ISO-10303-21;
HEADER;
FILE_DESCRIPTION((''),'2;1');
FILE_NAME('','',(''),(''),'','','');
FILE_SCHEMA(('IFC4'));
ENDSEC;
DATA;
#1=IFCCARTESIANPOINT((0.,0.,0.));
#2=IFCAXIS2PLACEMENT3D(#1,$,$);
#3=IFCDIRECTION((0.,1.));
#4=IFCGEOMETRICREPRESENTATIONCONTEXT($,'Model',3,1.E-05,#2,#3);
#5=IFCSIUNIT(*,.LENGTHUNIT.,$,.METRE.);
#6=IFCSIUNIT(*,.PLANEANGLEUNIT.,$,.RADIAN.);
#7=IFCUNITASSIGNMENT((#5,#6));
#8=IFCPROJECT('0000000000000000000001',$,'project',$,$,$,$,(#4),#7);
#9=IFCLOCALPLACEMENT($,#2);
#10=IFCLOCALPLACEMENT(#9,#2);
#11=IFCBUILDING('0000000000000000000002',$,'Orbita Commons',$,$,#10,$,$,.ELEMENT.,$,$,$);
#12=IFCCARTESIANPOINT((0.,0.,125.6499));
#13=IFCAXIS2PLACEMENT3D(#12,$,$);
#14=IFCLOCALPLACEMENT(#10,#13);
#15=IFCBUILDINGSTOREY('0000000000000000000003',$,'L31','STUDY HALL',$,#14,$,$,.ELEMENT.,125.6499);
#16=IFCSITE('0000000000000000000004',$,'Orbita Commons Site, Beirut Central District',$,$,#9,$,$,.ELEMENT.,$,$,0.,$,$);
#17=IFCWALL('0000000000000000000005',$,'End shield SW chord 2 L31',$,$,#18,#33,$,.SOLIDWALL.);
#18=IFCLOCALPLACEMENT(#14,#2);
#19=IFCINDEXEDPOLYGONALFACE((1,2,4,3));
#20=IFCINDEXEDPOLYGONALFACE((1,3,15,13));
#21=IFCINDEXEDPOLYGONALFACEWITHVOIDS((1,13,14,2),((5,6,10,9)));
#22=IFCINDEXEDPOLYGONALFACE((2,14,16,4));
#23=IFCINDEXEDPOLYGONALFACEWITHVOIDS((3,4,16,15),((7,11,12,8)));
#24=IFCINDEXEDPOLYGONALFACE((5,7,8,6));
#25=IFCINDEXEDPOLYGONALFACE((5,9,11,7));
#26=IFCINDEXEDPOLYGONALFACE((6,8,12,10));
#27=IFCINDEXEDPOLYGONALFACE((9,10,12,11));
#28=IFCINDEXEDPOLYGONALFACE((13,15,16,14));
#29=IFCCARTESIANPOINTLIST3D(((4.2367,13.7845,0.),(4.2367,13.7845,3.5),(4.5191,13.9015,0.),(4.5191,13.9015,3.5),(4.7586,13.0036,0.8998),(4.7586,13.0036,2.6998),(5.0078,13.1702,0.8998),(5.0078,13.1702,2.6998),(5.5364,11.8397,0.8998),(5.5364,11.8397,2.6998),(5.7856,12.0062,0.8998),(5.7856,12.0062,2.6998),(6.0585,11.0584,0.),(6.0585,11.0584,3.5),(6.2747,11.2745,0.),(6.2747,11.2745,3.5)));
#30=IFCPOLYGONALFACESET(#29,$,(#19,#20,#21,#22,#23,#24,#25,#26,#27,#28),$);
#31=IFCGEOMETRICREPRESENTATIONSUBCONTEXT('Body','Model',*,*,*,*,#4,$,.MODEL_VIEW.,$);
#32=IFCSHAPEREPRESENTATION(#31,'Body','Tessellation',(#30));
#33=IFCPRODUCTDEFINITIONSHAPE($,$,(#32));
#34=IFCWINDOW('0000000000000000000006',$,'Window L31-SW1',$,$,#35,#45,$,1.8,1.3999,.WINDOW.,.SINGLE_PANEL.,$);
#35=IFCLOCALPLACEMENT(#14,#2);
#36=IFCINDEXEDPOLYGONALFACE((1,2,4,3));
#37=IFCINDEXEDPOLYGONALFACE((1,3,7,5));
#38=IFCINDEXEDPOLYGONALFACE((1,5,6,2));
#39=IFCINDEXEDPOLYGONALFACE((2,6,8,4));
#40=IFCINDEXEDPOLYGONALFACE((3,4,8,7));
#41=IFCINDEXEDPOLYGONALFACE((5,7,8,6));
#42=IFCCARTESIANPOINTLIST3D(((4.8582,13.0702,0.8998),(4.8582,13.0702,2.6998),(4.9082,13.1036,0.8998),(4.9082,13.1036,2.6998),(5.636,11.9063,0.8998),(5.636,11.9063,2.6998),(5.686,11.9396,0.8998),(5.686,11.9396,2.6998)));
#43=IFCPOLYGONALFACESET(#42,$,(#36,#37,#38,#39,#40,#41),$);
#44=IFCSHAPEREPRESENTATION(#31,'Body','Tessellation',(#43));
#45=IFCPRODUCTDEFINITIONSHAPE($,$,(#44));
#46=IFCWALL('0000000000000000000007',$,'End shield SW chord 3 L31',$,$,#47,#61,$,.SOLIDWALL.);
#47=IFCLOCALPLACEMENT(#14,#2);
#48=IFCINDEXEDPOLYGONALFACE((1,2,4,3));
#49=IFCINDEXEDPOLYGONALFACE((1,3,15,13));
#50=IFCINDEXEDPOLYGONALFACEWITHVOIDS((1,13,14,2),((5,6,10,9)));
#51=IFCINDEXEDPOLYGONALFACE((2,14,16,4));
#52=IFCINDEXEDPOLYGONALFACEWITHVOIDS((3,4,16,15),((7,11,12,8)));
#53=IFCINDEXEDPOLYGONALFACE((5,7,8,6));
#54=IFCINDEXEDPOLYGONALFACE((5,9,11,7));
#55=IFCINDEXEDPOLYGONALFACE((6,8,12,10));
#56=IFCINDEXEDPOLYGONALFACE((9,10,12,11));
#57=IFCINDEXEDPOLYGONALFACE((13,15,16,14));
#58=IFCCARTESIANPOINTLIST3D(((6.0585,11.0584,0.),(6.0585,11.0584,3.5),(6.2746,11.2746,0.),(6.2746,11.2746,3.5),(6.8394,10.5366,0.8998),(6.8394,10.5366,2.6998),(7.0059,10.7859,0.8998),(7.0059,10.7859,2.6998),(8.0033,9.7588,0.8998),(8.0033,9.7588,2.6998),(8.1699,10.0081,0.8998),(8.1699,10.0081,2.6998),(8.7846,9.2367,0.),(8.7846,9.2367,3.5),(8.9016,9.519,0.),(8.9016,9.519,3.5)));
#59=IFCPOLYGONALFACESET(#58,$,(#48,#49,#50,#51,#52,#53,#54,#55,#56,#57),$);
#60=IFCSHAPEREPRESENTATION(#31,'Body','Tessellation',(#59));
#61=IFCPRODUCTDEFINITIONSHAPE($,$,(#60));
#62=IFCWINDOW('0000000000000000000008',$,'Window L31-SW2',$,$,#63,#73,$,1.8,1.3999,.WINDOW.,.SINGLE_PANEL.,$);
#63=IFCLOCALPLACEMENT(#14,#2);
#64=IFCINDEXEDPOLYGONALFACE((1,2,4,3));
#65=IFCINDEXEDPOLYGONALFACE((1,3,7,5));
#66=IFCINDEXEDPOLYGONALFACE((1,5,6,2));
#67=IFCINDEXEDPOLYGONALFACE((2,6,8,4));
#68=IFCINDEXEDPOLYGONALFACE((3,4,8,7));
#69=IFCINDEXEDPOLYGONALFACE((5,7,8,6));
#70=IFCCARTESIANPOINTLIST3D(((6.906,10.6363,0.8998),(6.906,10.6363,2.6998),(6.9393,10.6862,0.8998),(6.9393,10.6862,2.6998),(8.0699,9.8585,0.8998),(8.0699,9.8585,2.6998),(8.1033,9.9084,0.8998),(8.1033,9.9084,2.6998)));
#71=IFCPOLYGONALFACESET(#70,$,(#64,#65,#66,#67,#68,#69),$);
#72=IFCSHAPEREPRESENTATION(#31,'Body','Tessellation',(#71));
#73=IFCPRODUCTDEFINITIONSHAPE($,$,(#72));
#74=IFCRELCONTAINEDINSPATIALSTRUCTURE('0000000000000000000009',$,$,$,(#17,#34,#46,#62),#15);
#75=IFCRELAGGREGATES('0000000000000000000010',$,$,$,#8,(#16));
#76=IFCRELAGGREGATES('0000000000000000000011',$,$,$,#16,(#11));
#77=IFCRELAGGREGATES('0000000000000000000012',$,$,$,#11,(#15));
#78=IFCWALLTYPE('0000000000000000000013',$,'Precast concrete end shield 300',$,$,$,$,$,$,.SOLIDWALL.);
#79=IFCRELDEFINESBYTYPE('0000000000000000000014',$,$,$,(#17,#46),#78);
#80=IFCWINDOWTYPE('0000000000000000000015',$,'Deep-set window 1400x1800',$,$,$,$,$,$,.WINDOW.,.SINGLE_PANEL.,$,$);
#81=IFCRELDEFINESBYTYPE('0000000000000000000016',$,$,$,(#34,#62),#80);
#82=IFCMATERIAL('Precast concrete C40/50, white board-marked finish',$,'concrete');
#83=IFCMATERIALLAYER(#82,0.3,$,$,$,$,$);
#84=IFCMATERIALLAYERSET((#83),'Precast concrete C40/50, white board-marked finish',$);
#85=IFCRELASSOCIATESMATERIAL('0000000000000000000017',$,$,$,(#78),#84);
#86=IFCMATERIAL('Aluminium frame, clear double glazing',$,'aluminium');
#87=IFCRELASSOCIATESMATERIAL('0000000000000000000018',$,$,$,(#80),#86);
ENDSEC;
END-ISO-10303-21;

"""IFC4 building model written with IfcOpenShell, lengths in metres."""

from ifc_helpers import new_model, si_unit, direction, frame, frame_2d, origin, place, context, subcontext, project, spatial, polyline, rectangle, outline, extrude, material, layer, layer_set, type_object, element, fill, save


model = new_model("IFC4")

# Units and contexts
model_context = context("Model", 3, precision=1e-05, world=origin(), true_north=direction((0.0, 1.0)))
body_context = subcontext(model_context, "Body", "Model", "MODEL_VIEW")
ifc_project = project(units=[si_unit("LENGTHUNIT", "METRE"), si_unit("PLANEANGLEUNIT", "RADIAN")], contexts=[model_context])

# Site, building, storey
site_placement = place(None, origin())
site = spatial("IfcSite", under=ifc_project, at=site_placement, Name="Orbita Commons Site, Beirut Central District", CompositionType="ELEMENT", RefElevation=0.0)
building_placement = place(site_placement, origin())
building = spatial("IfcBuilding", under=site, at=building_placement, Name="Orbita Commons", CompositionType="ELEMENT")
storey_placement = place(building_placement, frame((0.0, 0.0, 125.6499)))
storey = spatial("IfcBuildingStorey", under=building, at=storey_placement, Name="L31", Description="STUDY HALL", CompositionType="ELEMENT", Elevation=125.6499)

# Walls, openings, windows
ifc_material_1 = material(Name="Precast concrete C40/50, white board-marked finish", Category="concrete")
ifc_layer_1 = layer(ifc_material_1, 0.3)
ifc_layer_set_1 = layer_set([ifc_layer_1], Name="Precast concrete C40/50, white board-marked finish")
wall_type_1 = type_object("IfcWallType", Name="Precast concrete end shield 300", PredefinedType="SOLIDWALL", material=ifc_layer_set_1)
ifc_material_2 = material(Name="Aluminium frame, clear double glazing", Category="aluminium")
window_type = type_object("IfcWindowType", Name="Deep-set window 1400x1800", PartitioningType="SINGLE_PANEL", PredefinedType="WINDOW", material=ifc_material_2)
wall_1_placement = place(storey_placement, frame((4.3779, 13.843, 0.0), z_axis=(0.0, 0.0, 1.0), x_axis=(0.55561, -0.831443, 0.0)))
wall_1 = element("IfcWall", 1, at=wall_1_placement, inside=storey, type_object=wall_type_1, Name="End shield SW chord 2 L31", PredefinedType="SOLIDWALL", context=body_context, shape_type="SweptSolid", body=[
    extrude(outline(polyline([(-0.0298, -0.1499), (3.249, -0.1499), (3.1895, 0.1499), (0.0298, 0.1499), (-0.0298, -0.1499)])), origin(), (0.0, 0.0, 1.0), 3.5),
])
opening_1_placement = place(wall_1_placement, frame((0.9094, 0.0, 0.8999)))
opening_1 = element("IfcOpeningElement", 2, at=opening_1_placement, cuts=wall_1, PredefinedType="OPENING", context=body_context, shape_type="SweptSolid", body=[
    extrude(rectangle(XDim=1.3999, YDim=1.8, at=frame_2d((0.7, 0.8999))), frame((0.0, 0.1599, 0.0), z_axis=(0.0, -1.0, 0.0), x_axis=(1.0, 0.0, 0.0)), (0.0, 0.0, 1.0), 0.3201),
])
window_1_placement = place(opening_1_placement, origin())
window_1 = element("IfcWindow", 3, at=window_1_placement, inside=storey, type_object=window_type, Name="Window L31-SW1", OverallHeight=1.8, OverallWidth=1.3999, PartitioningType="SINGLE_PANEL", PredefinedType="WINDOW", context=body_context, shape_type="SweptSolid", body=[
    extrude(rectangle(XDim=1.3999, YDim=1.8, at=frame_2d((0.7, 0.8999))), frame((0.0, 0.03, 0.0), z_axis=(0.0, -1.0, 0.0), x_axis=(1.0, 0.0, 0.0)), (0.0, 0.0, 1.0), 0.0601),
])
fill(opening_1, window_1)
wall_2_placement = place(storey_placement, frame((6.1665, 11.1665, 0.0), z_axis=(0.0, 0.0, 1.0), x_axis=(0.831443, -0.55561, 0.0)))
wall_2 = element("IfcWall", 4, at=wall_2_placement, inside=storey, type_object=wall_type_1, Name="End shield SW chord 3 L31", PredefinedType="SOLIDWALL", context=body_context, shape_type="SweptSolid", body=[
    extrude(outline(polyline([(-0.0298, -0.1499), (3.249, -0.1499), (3.1895, 0.1499), (0.0298, 0.1499), (-0.0298, -0.1499)])), origin(), (0.0, 0.0, 1.0), 3.5),
])
opening_2_placement = place(wall_2_placement, frame((0.9094, 0.0, 0.8999)))
opening_2 = element("IfcOpeningElement", 5, at=opening_2_placement, cuts=wall_2, PredefinedType="OPENING", context=body_context, shape_type="SweptSolid", body=[
    extrude(rectangle(XDim=1.3999, YDim=1.8, at=frame_2d((0.7, 0.8999))), frame((0.0, 0.1599, 0.0), z_axis=(0.0, -1.0, 0.0), x_axis=(1.0, 0.0, 0.0)), (0.0, 0.0, 1.0), 0.3201),
])
window_2_placement = place(opening_2_placement, origin())
window_2 = element("IfcWindow", 6, at=window_2_placement, inside=storey, type_object=window_type, Name="Window L31-SW2", OverallHeight=1.8, OverallWidth=1.3999, PartitioningType="SINGLE_PANEL", PredefinedType="WINDOW", context=body_context, shape_type="SweptSolid", body=[
    extrude(rectangle(XDim=1.3999, YDim=1.8, at=frame_2d((0.7, 0.8999))), frame((0.0, 0.03, 0.0), z_axis=(0.0, -1.0, 0.0), x_axis=(1.0, 0.0, 0.0)), (0.0, 0.0, 1.0), 0.0601),
])
fill(opening_2, window_2)

save(model, "model.ifc")
